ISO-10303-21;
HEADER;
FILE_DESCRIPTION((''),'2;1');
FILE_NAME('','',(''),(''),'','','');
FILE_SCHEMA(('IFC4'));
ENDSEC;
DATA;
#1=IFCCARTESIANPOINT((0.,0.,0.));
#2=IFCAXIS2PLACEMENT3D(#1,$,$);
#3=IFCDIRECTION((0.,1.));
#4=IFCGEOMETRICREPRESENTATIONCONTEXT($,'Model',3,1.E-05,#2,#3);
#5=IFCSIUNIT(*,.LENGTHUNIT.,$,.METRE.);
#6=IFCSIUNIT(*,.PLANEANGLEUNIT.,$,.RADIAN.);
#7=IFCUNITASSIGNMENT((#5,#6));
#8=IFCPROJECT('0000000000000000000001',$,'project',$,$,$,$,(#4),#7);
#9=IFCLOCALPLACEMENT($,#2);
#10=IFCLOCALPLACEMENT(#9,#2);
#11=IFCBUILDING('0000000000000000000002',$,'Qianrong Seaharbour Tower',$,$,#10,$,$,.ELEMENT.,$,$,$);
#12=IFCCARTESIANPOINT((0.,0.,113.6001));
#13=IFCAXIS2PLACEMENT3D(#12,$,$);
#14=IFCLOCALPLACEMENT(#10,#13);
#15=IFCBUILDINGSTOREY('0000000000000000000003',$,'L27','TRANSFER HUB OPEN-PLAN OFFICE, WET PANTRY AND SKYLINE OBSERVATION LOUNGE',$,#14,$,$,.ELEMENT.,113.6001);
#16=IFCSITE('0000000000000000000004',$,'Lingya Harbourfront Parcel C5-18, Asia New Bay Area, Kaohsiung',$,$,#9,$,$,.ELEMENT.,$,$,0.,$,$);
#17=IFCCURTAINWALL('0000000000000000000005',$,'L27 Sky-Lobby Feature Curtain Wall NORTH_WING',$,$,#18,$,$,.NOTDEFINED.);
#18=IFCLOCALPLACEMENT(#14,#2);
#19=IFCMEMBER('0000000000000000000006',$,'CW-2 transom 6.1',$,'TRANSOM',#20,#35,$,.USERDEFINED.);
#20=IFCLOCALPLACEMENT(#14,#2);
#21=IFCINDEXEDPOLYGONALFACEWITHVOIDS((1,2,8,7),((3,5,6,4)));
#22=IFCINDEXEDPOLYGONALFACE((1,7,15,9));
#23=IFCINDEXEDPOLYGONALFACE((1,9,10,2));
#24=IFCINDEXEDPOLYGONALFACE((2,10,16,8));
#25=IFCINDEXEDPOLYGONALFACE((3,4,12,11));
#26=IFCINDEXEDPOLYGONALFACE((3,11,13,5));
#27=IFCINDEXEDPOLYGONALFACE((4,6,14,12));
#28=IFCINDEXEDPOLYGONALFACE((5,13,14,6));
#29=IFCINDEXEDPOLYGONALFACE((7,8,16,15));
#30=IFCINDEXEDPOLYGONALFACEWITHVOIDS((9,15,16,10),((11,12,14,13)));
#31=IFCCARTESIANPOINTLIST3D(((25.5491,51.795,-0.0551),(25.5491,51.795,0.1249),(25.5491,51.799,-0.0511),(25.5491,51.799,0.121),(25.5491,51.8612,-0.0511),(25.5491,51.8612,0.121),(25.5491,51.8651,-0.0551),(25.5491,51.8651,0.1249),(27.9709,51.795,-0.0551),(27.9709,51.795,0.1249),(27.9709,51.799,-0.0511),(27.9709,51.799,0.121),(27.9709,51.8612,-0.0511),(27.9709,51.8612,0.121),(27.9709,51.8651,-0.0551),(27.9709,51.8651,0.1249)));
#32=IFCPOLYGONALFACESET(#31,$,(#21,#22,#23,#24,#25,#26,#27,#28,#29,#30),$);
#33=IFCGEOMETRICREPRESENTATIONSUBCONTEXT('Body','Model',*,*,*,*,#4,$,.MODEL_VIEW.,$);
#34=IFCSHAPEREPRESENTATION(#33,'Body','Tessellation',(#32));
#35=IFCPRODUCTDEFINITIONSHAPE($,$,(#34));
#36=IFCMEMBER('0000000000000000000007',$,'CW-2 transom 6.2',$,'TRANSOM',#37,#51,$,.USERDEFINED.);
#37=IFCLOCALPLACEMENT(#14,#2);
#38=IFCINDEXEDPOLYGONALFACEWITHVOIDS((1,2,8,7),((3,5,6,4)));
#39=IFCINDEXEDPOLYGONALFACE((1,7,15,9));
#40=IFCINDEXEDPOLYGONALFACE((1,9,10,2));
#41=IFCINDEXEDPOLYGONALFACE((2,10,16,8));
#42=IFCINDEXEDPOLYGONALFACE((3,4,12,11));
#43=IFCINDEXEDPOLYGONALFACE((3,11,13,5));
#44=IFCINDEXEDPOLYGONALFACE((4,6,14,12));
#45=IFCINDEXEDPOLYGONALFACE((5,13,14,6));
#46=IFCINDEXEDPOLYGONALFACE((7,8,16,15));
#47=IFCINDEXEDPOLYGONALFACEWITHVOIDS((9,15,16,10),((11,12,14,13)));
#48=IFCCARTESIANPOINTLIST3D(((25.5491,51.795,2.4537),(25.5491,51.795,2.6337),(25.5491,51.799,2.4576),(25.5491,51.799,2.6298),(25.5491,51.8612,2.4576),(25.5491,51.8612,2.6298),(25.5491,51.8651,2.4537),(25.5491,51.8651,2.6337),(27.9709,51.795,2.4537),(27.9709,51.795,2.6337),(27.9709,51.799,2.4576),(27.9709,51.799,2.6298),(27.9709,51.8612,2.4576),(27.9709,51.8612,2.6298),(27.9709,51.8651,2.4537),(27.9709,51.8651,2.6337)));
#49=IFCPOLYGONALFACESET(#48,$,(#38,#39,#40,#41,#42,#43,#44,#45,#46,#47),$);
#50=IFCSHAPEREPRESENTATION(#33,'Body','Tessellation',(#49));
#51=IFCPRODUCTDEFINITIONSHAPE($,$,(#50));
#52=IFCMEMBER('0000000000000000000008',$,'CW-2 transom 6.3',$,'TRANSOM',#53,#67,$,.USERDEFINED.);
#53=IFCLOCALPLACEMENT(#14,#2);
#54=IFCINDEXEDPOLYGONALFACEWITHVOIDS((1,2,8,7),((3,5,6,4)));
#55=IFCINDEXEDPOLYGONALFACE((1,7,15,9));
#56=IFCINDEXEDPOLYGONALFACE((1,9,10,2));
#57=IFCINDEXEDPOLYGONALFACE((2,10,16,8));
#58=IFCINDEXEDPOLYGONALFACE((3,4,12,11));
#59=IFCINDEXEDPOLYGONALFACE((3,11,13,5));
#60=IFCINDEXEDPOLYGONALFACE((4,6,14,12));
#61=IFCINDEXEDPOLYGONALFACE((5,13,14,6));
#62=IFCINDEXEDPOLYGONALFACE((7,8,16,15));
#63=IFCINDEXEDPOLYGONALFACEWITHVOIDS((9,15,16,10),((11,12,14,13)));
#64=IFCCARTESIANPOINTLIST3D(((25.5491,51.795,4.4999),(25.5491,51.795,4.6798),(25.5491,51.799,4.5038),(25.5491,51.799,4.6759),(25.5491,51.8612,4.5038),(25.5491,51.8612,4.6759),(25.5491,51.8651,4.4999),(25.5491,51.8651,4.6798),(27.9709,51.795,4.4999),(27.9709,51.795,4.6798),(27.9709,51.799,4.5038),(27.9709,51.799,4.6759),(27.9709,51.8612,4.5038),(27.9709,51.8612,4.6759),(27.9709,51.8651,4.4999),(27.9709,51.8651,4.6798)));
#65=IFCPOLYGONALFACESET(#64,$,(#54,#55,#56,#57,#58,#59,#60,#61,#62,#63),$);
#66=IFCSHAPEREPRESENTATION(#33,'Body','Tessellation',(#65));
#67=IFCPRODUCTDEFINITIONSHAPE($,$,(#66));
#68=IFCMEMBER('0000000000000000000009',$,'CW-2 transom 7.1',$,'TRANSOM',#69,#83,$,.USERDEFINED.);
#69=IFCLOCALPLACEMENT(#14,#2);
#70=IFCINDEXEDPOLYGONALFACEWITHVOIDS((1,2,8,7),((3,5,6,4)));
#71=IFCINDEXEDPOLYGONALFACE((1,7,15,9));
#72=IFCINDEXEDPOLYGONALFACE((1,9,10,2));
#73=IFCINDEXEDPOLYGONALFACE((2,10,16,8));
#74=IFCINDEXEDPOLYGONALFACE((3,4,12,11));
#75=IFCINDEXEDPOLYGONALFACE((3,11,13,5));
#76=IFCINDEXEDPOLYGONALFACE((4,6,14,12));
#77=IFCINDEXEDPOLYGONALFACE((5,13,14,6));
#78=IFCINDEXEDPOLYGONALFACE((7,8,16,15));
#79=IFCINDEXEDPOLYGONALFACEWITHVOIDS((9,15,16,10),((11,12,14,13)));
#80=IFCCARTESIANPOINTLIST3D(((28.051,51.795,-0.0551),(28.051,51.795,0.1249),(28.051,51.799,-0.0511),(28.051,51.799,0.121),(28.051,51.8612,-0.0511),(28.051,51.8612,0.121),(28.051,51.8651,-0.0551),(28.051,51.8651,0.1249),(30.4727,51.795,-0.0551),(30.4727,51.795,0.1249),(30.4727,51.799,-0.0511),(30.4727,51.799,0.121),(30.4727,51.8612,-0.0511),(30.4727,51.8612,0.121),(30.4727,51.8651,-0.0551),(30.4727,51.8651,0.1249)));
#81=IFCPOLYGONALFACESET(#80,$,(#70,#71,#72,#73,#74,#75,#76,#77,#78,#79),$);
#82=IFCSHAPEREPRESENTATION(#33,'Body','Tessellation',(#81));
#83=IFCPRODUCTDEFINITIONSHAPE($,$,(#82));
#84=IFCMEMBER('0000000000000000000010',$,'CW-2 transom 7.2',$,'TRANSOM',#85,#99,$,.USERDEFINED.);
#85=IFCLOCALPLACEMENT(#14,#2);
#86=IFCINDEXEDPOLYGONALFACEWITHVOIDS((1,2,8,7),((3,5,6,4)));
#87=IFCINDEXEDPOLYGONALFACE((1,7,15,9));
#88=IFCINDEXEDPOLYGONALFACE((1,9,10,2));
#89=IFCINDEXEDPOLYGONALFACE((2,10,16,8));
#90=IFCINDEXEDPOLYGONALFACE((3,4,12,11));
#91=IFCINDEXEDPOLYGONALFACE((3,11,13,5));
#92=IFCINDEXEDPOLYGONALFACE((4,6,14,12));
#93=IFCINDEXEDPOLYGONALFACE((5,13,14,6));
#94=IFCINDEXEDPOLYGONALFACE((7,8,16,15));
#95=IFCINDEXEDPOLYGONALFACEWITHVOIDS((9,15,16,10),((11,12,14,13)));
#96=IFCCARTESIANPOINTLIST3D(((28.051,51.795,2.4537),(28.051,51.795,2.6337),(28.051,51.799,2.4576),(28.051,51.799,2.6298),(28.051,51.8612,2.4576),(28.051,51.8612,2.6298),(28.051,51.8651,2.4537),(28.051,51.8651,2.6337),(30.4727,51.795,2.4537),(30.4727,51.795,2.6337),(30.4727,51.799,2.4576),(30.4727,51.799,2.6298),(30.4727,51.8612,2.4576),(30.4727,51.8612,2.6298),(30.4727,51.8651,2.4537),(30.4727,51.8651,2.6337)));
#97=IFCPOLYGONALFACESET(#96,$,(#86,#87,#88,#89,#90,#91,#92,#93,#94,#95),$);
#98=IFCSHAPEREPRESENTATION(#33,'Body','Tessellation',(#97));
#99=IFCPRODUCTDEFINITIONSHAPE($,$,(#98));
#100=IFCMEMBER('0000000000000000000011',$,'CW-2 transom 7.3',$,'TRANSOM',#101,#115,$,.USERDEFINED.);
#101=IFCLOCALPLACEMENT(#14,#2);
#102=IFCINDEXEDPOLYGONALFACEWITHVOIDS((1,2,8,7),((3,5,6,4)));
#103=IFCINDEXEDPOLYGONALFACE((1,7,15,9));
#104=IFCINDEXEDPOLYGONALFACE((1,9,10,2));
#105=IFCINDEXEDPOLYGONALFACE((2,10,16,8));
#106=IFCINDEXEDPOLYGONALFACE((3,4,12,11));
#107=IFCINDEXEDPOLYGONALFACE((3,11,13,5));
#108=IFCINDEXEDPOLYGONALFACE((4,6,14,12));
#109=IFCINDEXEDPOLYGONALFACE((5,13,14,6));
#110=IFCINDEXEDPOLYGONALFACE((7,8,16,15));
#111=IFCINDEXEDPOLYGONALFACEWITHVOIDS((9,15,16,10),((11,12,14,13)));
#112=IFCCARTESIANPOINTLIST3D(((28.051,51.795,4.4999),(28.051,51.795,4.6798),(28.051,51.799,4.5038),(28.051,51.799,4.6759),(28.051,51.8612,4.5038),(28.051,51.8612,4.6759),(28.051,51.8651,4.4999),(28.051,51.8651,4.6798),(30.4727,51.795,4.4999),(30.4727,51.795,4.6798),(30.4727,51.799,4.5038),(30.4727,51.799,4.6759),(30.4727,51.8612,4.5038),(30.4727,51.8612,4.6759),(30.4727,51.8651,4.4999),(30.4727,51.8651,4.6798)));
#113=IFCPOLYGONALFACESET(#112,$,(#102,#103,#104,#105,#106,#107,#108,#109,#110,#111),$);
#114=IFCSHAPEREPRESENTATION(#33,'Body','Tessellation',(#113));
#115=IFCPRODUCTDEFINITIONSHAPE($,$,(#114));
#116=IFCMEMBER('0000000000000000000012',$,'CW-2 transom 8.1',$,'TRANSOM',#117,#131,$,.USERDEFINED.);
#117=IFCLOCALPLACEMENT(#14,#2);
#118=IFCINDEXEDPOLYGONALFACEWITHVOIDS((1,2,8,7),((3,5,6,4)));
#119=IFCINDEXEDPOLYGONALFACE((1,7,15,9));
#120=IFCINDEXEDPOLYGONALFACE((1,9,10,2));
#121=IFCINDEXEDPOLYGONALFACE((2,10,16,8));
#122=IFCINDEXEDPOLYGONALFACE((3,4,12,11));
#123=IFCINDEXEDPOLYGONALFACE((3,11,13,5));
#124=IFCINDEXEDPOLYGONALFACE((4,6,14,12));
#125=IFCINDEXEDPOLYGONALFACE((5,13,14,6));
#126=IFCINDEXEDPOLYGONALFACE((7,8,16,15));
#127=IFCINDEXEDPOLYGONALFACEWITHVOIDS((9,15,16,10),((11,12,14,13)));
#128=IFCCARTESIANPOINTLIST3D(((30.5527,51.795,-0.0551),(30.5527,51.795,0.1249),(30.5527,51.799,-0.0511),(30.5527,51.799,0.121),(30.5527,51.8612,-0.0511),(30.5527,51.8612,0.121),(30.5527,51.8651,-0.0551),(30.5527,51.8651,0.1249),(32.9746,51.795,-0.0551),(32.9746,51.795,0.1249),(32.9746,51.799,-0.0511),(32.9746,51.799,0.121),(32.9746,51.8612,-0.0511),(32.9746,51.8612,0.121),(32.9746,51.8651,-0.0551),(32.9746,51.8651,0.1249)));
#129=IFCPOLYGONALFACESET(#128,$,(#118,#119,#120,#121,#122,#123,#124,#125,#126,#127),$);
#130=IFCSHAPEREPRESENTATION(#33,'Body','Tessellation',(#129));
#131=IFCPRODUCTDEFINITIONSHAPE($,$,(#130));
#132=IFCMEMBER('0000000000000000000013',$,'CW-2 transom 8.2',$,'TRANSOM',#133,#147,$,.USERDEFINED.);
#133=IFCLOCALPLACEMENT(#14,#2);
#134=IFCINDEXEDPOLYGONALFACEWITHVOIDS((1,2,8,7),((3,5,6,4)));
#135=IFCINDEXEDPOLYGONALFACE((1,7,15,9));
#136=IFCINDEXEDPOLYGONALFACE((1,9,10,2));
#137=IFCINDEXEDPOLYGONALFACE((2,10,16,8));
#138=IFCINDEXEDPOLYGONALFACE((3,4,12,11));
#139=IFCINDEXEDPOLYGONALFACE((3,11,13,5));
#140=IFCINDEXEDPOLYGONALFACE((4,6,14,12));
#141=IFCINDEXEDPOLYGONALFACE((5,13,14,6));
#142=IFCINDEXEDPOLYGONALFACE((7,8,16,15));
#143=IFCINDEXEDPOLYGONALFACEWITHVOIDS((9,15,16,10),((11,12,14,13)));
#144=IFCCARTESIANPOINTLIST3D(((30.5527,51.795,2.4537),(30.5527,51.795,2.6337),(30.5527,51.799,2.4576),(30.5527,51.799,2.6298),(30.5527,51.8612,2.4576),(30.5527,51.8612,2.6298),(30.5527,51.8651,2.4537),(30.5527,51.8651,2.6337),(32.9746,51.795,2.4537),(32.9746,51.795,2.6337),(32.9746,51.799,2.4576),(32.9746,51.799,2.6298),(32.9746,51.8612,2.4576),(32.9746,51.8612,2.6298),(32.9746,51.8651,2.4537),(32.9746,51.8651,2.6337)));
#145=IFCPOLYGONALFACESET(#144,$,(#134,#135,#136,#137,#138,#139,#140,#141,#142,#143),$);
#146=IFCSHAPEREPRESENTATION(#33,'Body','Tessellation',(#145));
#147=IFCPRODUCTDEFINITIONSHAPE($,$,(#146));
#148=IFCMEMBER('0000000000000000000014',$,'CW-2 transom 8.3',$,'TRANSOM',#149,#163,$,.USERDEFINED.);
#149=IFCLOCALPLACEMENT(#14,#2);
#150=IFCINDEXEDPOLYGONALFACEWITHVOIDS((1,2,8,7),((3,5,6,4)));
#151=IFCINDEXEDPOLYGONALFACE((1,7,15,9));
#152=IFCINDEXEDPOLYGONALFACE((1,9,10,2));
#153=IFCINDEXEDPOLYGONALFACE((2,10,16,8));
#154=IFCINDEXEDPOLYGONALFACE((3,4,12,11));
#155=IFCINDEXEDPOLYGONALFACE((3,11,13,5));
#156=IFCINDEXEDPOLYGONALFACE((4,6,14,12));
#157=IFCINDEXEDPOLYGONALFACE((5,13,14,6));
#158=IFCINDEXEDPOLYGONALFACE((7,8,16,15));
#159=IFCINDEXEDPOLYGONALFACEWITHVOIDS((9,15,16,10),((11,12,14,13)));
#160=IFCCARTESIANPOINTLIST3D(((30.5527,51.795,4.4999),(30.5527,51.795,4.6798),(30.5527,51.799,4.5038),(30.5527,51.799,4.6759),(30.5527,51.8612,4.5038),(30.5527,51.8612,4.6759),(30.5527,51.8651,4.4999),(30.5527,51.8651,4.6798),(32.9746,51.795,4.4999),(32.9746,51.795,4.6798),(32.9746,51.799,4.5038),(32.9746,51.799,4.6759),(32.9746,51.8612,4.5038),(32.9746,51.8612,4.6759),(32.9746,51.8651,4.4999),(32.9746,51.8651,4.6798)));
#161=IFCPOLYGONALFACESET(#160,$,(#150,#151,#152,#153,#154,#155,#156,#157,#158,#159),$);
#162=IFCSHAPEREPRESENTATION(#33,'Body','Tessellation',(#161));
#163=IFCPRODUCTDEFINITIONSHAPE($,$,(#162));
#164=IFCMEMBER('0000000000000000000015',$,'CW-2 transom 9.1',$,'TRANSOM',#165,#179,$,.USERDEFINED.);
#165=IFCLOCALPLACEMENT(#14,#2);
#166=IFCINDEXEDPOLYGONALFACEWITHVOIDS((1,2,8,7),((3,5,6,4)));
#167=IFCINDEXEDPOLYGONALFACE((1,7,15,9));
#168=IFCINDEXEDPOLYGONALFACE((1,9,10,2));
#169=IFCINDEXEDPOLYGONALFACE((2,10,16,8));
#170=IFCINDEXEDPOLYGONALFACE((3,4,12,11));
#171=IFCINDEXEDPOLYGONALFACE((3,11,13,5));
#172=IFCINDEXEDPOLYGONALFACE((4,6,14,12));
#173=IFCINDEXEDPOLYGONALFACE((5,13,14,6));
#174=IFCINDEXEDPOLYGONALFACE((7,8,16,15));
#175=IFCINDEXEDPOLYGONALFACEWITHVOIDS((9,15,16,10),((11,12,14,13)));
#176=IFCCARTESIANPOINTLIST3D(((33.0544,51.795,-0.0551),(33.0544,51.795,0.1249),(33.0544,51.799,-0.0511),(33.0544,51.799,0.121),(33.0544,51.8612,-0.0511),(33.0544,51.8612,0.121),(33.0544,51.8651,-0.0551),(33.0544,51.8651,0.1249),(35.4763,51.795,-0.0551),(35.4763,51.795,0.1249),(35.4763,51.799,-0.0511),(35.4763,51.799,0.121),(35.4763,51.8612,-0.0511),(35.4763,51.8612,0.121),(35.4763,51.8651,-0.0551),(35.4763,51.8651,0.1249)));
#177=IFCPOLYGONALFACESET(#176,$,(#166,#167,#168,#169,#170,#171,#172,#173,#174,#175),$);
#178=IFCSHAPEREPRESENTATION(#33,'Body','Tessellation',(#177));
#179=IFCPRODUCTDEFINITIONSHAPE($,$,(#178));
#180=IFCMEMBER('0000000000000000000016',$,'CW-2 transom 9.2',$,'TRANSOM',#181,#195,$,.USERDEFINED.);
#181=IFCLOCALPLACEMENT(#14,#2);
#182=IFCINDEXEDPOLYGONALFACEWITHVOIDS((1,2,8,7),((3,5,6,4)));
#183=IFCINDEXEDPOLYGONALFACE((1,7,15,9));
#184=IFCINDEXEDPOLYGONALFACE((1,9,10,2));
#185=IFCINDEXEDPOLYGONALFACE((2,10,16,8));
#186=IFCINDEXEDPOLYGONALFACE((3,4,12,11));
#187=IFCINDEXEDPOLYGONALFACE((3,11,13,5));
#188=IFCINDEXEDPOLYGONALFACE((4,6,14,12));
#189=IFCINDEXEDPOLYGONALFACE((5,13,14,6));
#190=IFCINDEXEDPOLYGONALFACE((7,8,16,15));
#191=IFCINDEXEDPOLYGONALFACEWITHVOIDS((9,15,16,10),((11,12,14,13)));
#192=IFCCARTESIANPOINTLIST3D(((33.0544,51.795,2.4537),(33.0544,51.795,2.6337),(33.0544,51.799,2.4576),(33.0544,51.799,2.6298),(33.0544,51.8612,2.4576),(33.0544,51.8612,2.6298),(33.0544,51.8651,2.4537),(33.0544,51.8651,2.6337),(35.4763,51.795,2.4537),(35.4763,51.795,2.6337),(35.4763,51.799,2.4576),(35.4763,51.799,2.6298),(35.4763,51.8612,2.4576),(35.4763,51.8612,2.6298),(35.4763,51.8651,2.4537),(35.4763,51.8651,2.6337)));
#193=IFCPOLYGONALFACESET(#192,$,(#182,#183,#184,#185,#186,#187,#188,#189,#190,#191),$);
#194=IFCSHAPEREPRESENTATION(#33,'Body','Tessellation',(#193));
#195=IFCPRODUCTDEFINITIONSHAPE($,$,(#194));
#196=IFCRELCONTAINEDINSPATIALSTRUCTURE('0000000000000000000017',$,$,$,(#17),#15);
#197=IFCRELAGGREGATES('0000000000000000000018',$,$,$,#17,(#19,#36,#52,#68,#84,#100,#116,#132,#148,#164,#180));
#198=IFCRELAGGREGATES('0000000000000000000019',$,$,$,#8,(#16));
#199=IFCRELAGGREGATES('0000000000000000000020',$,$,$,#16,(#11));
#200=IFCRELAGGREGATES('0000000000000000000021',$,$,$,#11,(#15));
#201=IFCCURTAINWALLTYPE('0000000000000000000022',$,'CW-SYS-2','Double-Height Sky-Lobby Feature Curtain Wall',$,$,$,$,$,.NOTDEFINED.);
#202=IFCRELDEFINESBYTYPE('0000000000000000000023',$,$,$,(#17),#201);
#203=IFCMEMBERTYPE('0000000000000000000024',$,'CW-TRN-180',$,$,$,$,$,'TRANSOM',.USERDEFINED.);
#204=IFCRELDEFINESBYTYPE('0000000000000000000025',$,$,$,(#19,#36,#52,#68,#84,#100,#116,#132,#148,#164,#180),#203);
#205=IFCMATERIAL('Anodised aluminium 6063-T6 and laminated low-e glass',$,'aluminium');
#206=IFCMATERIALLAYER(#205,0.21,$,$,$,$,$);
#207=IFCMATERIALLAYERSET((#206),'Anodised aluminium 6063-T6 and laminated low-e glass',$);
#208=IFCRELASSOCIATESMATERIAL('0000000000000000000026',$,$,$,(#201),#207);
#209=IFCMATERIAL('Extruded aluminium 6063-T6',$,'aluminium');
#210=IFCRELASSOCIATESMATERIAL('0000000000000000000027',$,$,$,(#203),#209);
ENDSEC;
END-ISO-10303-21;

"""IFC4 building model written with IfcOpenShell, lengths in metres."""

from ifc_helpers import new_model, si_unit, direction, frame, origin, origin_2d, place, context, subcontext, project, spatial, hollow_rectangle, extrude, material, layer, layer_set, material_profile, profile_set, type_object, element, aggregate, save


model = new_model("IFC4")

# Units and contexts
model_context = context("Model", 3, precision=1e-05, world=origin(), true_north=direction((0.0, 1.0)))
body_context = subcontext(model_context, "Body", "Model", "MODEL_VIEW")
ifc_project = project(units=[si_unit("LENGTHUNIT", "METRE"), si_unit("PLANEANGLEUNIT", "RADIAN")], contexts=[model_context])

# Site, building, storey
site_placement = place(None, origin())
site = spatial("IfcSite", under=ifc_project, at=site_placement, Name="Lingya Harbourfront Parcel C5-18, Asia New Bay Area, Kaohsiung", CompositionType="ELEMENT", RefElevation=0.0)
building_placement = place(site_placement, origin())
building = spatial("IfcBuilding", under=site, at=building_placement, Name="Qianrong Seaharbour Tower", CompositionType="ELEMENT")
storey_placement = place(building_placement, frame((0.0, 0.0, 113.6001)))
storey = spatial("IfcBuildingStorey", under=building, at=storey_placement, Name="L27", Description="TRANSFER HUB OPEN-PLAN OFFICE, WET PANTRY AND SKYLINE OBSERVATION LOUNGE", CompositionType="ELEMENT", Elevation=113.6001)

# Curtain wall, members
ifc_material_1 = material(Name="Anodised aluminium 6063-T6 and laminated low-e glass", Category="aluminium")
ifc_layer_1 = layer(ifc_material_1, 0.21)
ifc_layer_set_1 = layer_set([ifc_layer_1], Name="Anodised aluminium 6063-T6 and laminated low-e glass")
curtain_wall_type = type_object("IfcCurtainWallType", Name="CW-SYS-2", Description="Double-Height Sky-Lobby Feature Curtain Wall", PredefinedType="NOTDEFINED", material=ifc_layer_set_1)
curtain_wall_placement = place(storey_placement, origin())
curtain_wall = element("IfcCurtainWall", 1, at=curtain_wall_placement, inside=storey, type_object=curtain_wall_type, Name="L27 Sky-Lobby Feature Curtain Wall NORTH_WING", PredefinedType="NOTDEFINED")
ifc_material_2 = material(Name="Extruded aluminium 6063-T6", Category="aluminium")
ifc_material_profile_1 = material_profile(ifc_material_2, hollow_rectangle(XDim=0.0701, YDim=0.1799, WallThickness=0.0039, at=origin_2d()), Name="ALU-TRN-180x70x4")
ifc_profile_set_1 = profile_set([ifc_material_profile_1], Name="Extruded aluminium 6063-T6")
member_type_1 = type_object("IfcMemberType", Name="CW-TRN-180", ElementType="TRANSOM", PredefinedType="USERDEFINED", material=ifc_profile_set_1)
member_1_placement = place(storey_placement, frame((25.5491, 51.8301, 0.0349), z_axis=(1.0, 0.0, 0.0), x_axis=(0.0, 1.0, 0.0)))
member_1 = element("IfcMember", 2, at=member_1_placement, type_object=member_type_1, Name="CW-2 transom 6.1", ObjectType="TRANSOM", PredefinedType="USERDEFINED", context=body_context, shape_type="SweptSolid", body=[
    extrude(hollow_rectangle(XDim=0.0701, YDim=0.1799, WallThickness=0.0039, at=origin_2d()), origin(), (0.0, 0.0, 1.0), 2.4219),
])
member_2_placement = place(storey_placement, frame((25.5491, 51.8301, 2.5437), z_axis=(1.0, 0.0, 0.0), x_axis=(0.0, 1.0, 0.0)))
member_2 = element("IfcMember", 3, at=member_2_placement, type_object=member_type_1, Name="CW-2 transom 6.2", ObjectType="TRANSOM", PredefinedType="USERDEFINED", context=body_context, shape_type="SweptSolid", body=[
    extrude(hollow_rectangle(XDim=0.0701, YDim=0.1799, WallThickness=0.0039, at=origin_2d()), origin(), (0.0, 0.0, 1.0), 2.4219),
])
member_3_placement = place(storey_placement, frame((25.5491, 51.8301, 4.5898), z_axis=(1.0, 0.0, 0.0), x_axis=(0.0, 1.0, 0.0)))
member_3 = element("IfcMember", 4, at=member_3_placement, type_object=member_type_1, Name="CW-2 transom 6.3", ObjectType="TRANSOM", PredefinedType="USERDEFINED", context=body_context, shape_type="SweptSolid", body=[
    extrude(hollow_rectangle(XDim=0.0701, YDim=0.1799, WallThickness=0.0039, at=origin_2d()), origin(), (0.0, 0.0, 1.0), 2.4219),
])
member_4_placement = place(storey_placement, frame((28.051, 51.8301, 0.0349), z_axis=(1.0, 0.0, 0.0), x_axis=(0.0, 1.0, 0.0)))
member_4 = element("IfcMember", 5, at=member_4_placement, type_object=member_type_1, Name="CW-2 transom 7.1", ObjectType="TRANSOM", PredefinedType="USERDEFINED", context=body_context, shape_type="SweptSolid", body=[
    extrude(hollow_rectangle(XDim=0.0701, YDim=0.1799, WallThickness=0.0039, at=origin_2d()), origin(), (0.0, 0.0, 1.0), 2.4216),
])
member_5_placement = place(storey_placement, frame((28.051, 51.8301, 2.5437), z_axis=(1.0, 0.0, 0.0), x_axis=(0.0, 1.0, 0.0)))
member_5 = element("IfcMember", 6, at=member_5_placement, type_object=member_type_1, Name="CW-2 transom 7.2", ObjectType="TRANSOM", PredefinedType="USERDEFINED", context=body_context, shape_type="SweptSolid", body=[
    extrude(hollow_rectangle(XDim=0.0701, YDim=0.1799, WallThickness=0.0039, at=origin_2d()), origin(), (0.0, 0.0, 1.0), 2.4216),
])
member_6_placement = place(storey_placement, frame((28.051, 51.8301, 4.5898), z_axis=(1.0, 0.0, 0.0), x_axis=(0.0, 1.0, 0.0)))
member_6 = element("IfcMember", 7, at=member_6_placement, type_object=member_type_1, Name="CW-2 transom 7.3", ObjectType="TRANSOM", PredefinedType="USERDEFINED", context=body_context, shape_type="SweptSolid", body=[
    extrude(hollow_rectangle(XDim=0.0701, YDim=0.1799, WallThickness=0.0039, at=origin_2d()), origin(), (0.0, 0.0, 1.0), 2.4216),
])
member_7_placement = place(storey_placement, frame((30.5527, 51.8301, 0.0349), z_axis=(1.0, 0.0, 0.0), x_axis=(0.0, 1.0, 0.0)))
member_7 = element("IfcMember", 8, at=member_7_placement, type_object=member_type_1, Name="CW-2 transom 8.1", ObjectType="TRANSOM", PredefinedType="USERDEFINED", context=body_context, shape_type="SweptSolid", body=[
    extrude(hollow_rectangle(XDim=0.0701, YDim=0.1799, WallThickness=0.0039, at=origin_2d()), origin(), (0.0, 0.0, 1.0), 2.4219),
])
member_8_placement = place(storey_placement, frame((30.5527, 51.8301, 2.5437), z_axis=(1.0, 0.0, 0.0), x_axis=(0.0, 1.0, 0.0)))
member_8 = element("IfcMember", 9, at=member_8_placement, type_object=member_type_1, Name="CW-2 transom 8.2", ObjectType="TRANSOM", PredefinedType="USERDEFINED", context=body_context, shape_type="SweptSolid", body=[
    extrude(hollow_rectangle(XDim=0.0701, YDim=0.1799, WallThickness=0.0039, at=origin_2d()), origin(), (0.0, 0.0, 1.0), 2.4219),
])
member_9_placement = place(storey_placement, frame((30.5527, 51.8301, 4.5898), z_axis=(1.0, 0.0, 0.0), x_axis=(0.0, 1.0, 0.0)))
member_9 = element("IfcMember", 10, at=member_9_placement, type_object=member_type_1, Name="CW-2 transom 8.3", ObjectType="TRANSOM", PredefinedType="USERDEFINED", context=body_context, shape_type="SweptSolid", body=[
    extrude(hollow_rectangle(XDim=0.0701, YDim=0.1799, WallThickness=0.0039, at=origin_2d()), origin(), (0.0, 0.0, 1.0), 2.4219),
])
member_10_placement = place(storey_placement, frame((33.0544, 51.8301, 0.0349), z_axis=(1.0, 0.0, 0.0), x_axis=(0.0, 1.0, 0.0)))
member_10 = element("IfcMember", 11, at=member_10_placement, type_object=member_type_1, Name="CW-2 transom 9.1", ObjectType="TRANSOM", PredefinedType="USERDEFINED", context=body_context, shape_type="SweptSolid", body=[
    extrude(hollow_rectangle(XDim=0.0701, YDim=0.1799, WallThickness=0.0039, at=origin_2d()), origin(), (0.0, 0.0, 1.0), 2.4219),
])
member_11_placement = place(storey_placement, frame((33.0544, 51.8301, 2.5437), z_axis=(1.0, 0.0, 0.0), x_axis=(0.0, 1.0, 0.0)))
member_11 = element("IfcMember", 12, at=member_11_placement, type_object=member_type_1, Name="CW-2 transom 9.2", ObjectType="TRANSOM", PredefinedType="USERDEFINED", context=body_context, shape_type="SweptSolid", body=[
    extrude(hollow_rectangle(XDim=0.0701, YDim=0.1799, WallThickness=0.0039, at=origin_2d()), origin(), (0.0, 0.0, 1.0), 2.4219),
])
aggregate(curtain_wall, [member_1, member_2, member_3, member_4, member_5, member_6, member_7, member_8, member_9, member_10, member_11])

save(model, "model.ifc")
